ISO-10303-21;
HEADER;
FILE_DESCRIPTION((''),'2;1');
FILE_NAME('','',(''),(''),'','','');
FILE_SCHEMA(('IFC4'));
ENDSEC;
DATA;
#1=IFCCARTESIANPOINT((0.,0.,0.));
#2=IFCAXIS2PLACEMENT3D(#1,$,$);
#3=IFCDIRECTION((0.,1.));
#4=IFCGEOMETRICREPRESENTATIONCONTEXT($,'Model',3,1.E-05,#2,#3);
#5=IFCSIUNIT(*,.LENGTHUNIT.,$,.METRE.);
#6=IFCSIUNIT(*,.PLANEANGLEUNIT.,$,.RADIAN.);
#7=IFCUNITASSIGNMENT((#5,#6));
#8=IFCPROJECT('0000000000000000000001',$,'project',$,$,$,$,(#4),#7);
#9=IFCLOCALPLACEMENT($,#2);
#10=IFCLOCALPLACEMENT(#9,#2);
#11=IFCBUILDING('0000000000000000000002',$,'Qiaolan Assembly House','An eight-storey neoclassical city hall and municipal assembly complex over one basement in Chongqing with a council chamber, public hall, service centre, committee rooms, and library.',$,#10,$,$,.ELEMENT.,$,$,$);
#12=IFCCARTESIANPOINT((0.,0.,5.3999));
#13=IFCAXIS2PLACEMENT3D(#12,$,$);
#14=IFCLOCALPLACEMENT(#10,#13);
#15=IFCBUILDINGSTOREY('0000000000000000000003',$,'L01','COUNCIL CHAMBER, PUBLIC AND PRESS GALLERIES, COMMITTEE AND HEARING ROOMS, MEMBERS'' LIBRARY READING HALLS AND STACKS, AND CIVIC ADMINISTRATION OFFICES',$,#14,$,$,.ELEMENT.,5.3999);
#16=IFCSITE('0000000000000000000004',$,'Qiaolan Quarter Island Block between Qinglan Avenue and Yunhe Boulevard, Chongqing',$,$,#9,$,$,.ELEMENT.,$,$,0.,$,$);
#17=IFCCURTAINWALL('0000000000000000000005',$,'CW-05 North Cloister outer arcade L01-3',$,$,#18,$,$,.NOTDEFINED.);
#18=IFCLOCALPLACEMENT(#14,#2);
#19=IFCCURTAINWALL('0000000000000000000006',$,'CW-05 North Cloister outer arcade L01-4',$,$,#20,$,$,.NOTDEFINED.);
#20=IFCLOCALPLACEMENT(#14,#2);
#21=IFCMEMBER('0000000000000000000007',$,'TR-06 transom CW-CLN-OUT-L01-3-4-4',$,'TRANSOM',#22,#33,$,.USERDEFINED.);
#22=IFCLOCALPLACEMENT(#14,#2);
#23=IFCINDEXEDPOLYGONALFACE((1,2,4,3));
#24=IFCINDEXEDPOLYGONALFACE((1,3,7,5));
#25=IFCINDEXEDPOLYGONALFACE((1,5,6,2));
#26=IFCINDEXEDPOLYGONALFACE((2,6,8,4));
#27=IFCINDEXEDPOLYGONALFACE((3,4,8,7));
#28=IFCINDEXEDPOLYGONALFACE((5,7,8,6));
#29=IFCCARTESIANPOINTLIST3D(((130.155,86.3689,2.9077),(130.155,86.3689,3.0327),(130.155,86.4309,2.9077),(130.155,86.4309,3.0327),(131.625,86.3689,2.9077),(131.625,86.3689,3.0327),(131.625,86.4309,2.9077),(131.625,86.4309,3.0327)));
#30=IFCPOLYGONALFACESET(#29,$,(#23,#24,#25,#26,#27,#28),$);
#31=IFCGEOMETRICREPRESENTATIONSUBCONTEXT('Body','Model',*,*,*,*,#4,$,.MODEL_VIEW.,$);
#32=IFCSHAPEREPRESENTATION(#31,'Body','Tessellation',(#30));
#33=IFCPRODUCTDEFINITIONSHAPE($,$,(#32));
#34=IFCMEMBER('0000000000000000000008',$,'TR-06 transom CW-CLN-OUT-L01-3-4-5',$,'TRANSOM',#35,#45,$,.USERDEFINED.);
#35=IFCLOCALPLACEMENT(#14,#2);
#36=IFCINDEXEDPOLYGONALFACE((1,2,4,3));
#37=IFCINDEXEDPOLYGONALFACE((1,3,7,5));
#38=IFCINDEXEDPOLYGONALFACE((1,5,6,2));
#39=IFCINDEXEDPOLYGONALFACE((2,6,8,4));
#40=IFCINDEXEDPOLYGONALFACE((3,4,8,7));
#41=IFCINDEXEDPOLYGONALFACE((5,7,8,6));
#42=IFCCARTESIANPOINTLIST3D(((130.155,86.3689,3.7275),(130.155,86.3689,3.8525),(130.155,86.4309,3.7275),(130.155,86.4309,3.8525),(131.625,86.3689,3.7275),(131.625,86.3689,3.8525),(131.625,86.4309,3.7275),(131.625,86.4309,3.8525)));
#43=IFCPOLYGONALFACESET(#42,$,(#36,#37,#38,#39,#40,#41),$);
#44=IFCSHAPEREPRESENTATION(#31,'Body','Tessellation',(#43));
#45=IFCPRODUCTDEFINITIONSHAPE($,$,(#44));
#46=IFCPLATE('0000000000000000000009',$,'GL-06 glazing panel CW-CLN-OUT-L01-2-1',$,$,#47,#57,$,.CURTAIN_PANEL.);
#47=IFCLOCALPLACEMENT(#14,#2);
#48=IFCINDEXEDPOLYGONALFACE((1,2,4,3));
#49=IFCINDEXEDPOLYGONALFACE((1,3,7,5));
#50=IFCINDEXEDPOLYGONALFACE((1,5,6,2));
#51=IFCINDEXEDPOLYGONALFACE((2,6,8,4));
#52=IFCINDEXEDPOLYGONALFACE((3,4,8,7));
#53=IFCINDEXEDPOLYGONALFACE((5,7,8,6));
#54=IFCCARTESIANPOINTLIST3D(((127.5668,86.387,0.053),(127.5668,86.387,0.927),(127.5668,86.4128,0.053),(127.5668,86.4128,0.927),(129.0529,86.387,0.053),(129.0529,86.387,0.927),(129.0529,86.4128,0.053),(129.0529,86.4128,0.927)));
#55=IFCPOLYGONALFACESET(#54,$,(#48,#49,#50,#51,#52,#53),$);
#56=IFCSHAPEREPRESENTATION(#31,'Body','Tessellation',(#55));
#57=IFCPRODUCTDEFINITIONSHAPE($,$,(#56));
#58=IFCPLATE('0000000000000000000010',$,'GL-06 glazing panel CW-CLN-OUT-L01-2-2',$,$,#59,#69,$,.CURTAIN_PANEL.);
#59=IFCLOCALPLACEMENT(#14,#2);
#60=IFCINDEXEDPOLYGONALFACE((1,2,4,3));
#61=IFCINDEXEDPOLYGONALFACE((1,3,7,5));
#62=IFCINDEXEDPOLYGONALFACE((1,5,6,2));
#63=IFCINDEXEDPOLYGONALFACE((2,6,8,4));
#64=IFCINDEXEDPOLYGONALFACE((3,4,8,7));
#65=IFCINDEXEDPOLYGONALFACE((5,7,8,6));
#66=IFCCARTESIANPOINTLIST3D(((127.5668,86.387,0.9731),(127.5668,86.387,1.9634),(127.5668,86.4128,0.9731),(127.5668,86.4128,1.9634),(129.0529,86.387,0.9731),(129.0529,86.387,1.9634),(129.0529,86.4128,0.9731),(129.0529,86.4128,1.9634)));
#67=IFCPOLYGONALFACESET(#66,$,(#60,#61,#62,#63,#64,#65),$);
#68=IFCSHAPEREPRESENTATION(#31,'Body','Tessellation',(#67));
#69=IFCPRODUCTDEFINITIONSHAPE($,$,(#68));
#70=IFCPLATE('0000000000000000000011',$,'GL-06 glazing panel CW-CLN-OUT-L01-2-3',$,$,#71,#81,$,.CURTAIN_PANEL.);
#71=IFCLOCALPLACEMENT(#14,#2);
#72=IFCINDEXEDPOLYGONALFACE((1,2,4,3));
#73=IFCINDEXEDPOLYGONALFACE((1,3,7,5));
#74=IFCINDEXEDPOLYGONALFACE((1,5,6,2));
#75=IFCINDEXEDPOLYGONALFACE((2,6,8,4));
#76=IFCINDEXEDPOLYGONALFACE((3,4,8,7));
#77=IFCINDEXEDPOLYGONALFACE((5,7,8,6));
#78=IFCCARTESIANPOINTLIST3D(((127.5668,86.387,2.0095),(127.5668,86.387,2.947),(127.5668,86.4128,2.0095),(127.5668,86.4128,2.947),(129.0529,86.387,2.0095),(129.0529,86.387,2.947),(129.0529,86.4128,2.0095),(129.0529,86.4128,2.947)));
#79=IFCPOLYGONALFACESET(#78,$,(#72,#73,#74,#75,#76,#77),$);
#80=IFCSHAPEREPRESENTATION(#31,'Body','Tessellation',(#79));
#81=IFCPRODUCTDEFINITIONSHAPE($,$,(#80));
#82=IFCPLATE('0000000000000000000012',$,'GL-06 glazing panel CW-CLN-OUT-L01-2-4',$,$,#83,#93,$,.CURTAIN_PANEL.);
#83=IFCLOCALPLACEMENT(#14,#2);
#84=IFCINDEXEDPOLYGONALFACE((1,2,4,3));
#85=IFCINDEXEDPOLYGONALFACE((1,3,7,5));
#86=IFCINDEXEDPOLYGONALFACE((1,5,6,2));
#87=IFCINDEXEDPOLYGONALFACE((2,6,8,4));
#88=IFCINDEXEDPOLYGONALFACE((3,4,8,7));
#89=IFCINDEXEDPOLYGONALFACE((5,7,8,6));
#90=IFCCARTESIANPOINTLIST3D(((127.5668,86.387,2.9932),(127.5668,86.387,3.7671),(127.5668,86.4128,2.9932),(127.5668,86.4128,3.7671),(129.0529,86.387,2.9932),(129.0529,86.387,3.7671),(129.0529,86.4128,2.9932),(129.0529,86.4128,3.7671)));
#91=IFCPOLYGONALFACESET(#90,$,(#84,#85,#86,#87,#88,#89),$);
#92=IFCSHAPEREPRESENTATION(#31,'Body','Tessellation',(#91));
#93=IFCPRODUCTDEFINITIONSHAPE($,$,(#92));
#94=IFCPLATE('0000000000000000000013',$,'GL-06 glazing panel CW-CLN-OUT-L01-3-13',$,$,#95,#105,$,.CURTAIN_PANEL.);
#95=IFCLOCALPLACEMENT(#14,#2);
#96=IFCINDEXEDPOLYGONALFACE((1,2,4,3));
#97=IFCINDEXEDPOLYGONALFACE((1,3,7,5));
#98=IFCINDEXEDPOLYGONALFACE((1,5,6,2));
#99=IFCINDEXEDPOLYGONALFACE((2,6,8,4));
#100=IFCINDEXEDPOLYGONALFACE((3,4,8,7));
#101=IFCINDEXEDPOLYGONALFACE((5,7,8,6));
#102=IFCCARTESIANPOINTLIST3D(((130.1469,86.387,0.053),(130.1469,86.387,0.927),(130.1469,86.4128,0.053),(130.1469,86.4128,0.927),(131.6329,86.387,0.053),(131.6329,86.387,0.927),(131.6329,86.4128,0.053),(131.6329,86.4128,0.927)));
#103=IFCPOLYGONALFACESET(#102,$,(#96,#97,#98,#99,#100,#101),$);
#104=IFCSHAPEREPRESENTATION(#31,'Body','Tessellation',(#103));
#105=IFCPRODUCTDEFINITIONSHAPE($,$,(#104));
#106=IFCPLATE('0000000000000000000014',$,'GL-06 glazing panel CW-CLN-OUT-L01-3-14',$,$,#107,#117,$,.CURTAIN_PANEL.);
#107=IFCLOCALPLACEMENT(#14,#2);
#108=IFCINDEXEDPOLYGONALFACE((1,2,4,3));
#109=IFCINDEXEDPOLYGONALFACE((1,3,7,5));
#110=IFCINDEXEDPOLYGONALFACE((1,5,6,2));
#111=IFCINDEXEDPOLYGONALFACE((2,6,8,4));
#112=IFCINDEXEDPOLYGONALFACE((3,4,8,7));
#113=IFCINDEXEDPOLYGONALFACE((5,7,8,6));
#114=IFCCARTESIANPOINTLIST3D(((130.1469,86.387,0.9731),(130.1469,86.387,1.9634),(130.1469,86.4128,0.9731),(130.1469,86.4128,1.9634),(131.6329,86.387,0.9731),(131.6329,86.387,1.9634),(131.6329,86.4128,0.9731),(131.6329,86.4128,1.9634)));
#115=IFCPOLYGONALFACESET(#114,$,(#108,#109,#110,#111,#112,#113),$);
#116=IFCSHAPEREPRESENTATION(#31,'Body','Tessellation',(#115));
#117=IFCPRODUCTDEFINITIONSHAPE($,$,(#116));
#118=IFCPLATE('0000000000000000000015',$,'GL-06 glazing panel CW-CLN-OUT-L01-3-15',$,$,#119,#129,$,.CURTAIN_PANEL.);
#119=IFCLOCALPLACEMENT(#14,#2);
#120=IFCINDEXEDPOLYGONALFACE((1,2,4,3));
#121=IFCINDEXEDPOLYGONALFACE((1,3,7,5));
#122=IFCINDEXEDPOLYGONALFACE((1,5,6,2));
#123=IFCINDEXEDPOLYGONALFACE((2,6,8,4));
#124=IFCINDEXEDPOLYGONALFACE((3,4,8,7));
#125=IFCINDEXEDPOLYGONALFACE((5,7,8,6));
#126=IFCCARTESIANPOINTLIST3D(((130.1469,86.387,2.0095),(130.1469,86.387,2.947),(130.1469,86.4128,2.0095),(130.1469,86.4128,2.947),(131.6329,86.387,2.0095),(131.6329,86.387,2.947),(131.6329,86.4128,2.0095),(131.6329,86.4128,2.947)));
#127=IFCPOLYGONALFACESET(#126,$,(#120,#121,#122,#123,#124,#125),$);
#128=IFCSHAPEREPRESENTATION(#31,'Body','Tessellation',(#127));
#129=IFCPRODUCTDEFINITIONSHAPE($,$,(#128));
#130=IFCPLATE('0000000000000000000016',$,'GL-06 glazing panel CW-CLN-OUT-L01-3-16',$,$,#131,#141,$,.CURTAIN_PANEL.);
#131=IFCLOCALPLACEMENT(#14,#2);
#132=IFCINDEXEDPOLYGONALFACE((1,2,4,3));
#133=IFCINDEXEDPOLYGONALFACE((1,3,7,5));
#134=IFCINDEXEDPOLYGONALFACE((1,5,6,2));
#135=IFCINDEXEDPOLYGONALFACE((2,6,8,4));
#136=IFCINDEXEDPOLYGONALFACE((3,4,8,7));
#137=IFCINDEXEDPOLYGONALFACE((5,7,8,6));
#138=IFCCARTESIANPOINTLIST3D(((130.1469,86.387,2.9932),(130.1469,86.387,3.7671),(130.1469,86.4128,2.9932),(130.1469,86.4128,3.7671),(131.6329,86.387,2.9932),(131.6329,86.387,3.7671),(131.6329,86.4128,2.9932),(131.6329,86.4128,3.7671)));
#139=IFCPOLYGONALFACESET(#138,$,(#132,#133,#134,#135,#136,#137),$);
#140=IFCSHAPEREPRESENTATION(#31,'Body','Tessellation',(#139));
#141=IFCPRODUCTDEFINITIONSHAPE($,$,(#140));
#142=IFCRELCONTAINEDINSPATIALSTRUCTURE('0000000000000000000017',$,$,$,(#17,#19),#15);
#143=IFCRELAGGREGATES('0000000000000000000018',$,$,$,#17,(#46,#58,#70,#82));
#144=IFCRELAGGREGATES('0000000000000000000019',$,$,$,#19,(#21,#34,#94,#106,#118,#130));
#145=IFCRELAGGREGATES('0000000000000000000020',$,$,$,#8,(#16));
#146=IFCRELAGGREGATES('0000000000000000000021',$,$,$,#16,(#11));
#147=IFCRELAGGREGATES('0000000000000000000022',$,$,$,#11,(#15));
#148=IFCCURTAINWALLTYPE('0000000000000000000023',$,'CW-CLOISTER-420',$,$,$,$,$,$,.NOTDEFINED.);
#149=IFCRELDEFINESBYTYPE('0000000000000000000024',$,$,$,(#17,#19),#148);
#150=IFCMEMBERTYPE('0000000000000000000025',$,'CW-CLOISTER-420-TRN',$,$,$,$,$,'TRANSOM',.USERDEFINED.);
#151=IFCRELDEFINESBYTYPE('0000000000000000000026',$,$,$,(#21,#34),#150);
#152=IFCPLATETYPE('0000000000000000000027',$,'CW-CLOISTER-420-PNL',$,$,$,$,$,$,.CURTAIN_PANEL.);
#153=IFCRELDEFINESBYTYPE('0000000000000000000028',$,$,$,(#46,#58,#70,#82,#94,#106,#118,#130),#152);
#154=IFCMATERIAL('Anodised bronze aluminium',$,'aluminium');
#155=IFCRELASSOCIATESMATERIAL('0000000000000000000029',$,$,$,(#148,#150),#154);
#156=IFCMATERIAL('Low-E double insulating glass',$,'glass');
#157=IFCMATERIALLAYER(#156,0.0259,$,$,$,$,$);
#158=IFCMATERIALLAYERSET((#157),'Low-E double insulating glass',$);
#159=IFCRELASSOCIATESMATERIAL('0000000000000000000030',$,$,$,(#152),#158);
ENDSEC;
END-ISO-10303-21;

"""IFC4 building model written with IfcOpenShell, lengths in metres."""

from ifc_helpers import new_model, si_unit, direction, frame, frame_2d, origin, origin_2d, place, context, subcontext, project, spatial, rectangle, extrude, material, layer, layer_set, material_profile, profile_set, type_object, element, aggregate, save


model = new_model("IFC4")

# Units and contexts
model_context = context("Model", 3, precision=1e-05, world=origin(), true_north=direction((0.0, 1.0)))
body_context = subcontext(model_context, "Body", "Model", "MODEL_VIEW")
ifc_project = project(units=[si_unit("LENGTHUNIT", "METRE"), si_unit("PLANEANGLEUNIT", "RADIAN")], contexts=[model_context])

# Site, building, storey
site_placement = place(None, origin())
site = spatial("IfcSite", under=ifc_project, at=site_placement, Name="Qiaolan Quarter Island Block between Qinglan Avenue and Yunhe Boulevard, Chongqing", CompositionType="ELEMENT", RefElevation=0.0)
building_placement = place(site_placement, origin())
building = spatial("IfcBuilding", under=site, at=building_placement, Name="Qiaolan Assembly House", Description="An eight-storey neoclassical city hall and municipal assembly complex over one basement in Chongqing with a council chamber, public hall, service centre, committee rooms, and library.", CompositionType="ELEMENT")
storey_placement = place(building_placement, frame((0.0, 0.0, 5.3999)))
storey = spatial("IfcBuildingStorey", under=building, at=storey_placement, Name="L01", Description="COUNCIL CHAMBER, PUBLIC AND PRESS GALLERIES, COMMITTEE AND HEARING ROOMS, MEMBERS' LIBRARY READING HALLS AND STACKS, AND CIVIC ADMINISTRATION OFFICES", CompositionType="ELEMENT", Elevation=5.3999)

# Curtain wall
ifc_material_1 = material(Name="Anodised bronze aluminium", Category="aluminium")
curtain_wall_type = type_object("IfcCurtainWallType", Name="CW-CLOISTER-420", PredefinedType="NOTDEFINED", material=ifc_material_1)
curtain_wall_1_placement = place(storey_placement, origin())
curtain_wall_1 = element("IfcCurtainWall", 1, at=curtain_wall_1_placement, inside=storey, type_object=curtain_wall_type, Name="CW-05 North Cloister outer arcade L01-3", PredefinedType="NOTDEFINED")

# Curtain wall
curtain_wall_2_placement = place(storey_placement, origin())
curtain_wall_2 = element("IfcCurtainWall", 2, at=curtain_wall_2_placement, inside=storey, type_object=curtain_wall_type, Name="CW-05 North Cloister outer arcade L01-4", PredefinedType="NOTDEFINED")

# Members
ifc_material_profile_1 = material_profile(ifc_material_1, rectangle(XDim=0.062, YDim=0.125, at=origin_2d()), Name="TRN 62x125")
ifc_profile_set_1 = profile_set([ifc_material_profile_1], Name="Anodised bronze aluminium")
member_type_1 = type_object("IfcMemberType", Name="CW-CLOISTER-420-TRN", ElementType="TRANSOM", PredefinedType="USERDEFINED", material=ifc_profile_set_1)
member_1_placement = place(storey_placement, frame((131.625, 86.3999, 2.9702), z_axis=(-1.0, 0.0, 0.0), x_axis=(0.0, -1.0, 0.0)))
member_1 = element("IfcMember", 3, at=member_1_placement, type_object=member_type_1, Name="TR-06 transom CW-CLN-OUT-L01-3-4-4", ObjectType="TRANSOM", PredefinedType="USERDEFINED", context=body_context, shape_type="SweptSolid", body=[
    extrude(rectangle(XDim=0.062, YDim=0.125, at=origin_2d()), origin(), (0.0, 0.0, 1.0), 1.47),
])
member_2_placement = place(storey_placement, frame((131.625, 86.3999, 3.79), z_axis=(-1.0, 0.0, 0.0), x_axis=(0.0, -1.0, 0.0)))
member_2 = element("IfcMember", 4, at=member_2_placement, type_object=member_type_1, Name="TR-06 transom CW-CLN-OUT-L01-3-4-5", ObjectType="TRANSOM", PredefinedType="USERDEFINED", context=body_context, shape_type="SweptSolid", body=[
    extrude(rectangle(XDim=0.062, YDim=0.125, at=origin_2d()), origin(), (0.0, 0.0, 1.0), 1.47),
])

# Plates
ifc_material_2 = material(Name="Low-E double insulating glass", Category="glass")
ifc_layer = layer(ifc_material_2, 0.0259)
ifc_layer_set = layer_set([ifc_layer], Name="Low-E double insulating glass")
plate_type = type_object("IfcPlateType", Name="CW-CLOISTER-420-PNL", PredefinedType="CURTAIN_PANEL", material=ifc_layer_set)
plate_1_placement = place(storey_placement, frame((129.053, 86.3999, 0.053), z_axis=(0.0, 0.0, 1.0), x_axis=(-1.0, 0.0, 0.0)))
plate_1 = element("IfcPlate", 5, at=plate_1_placement, type_object=plate_type, Name="GL-06 glazing panel CW-CLN-OUT-L01-2-1", PredefinedType="CURTAIN_PANEL", context=body_context, shape_type="SweptSolid", body=[
    extrude(rectangle(XDim=1.4861, YDim=0.0259, at=frame_2d((0.7432, 0.0))), origin(), (0.0, 0.0, 1.0), 0.874),
])
plate_2_placement = place(storey_placement, frame((129.053, 86.3999, 0.9731), z_axis=(0.0, 0.0, 1.0), x_axis=(-1.0, 0.0, 0.0)))
plate_2 = element("IfcPlate", 6, at=plate_2_placement, type_object=plate_type, Name="GL-06 glazing panel CW-CLN-OUT-L01-2-2", PredefinedType="CURTAIN_PANEL", context=body_context, shape_type="SweptSolid", body=[
    extrude(rectangle(XDim=1.4861, YDim=0.0259, at=frame_2d((0.7432, 0.0))), origin(), (0.0, 0.0, 1.0), 0.9902),
])
plate_3_placement = place(storey_placement, frame((129.053, 86.3999, 2.0095), z_axis=(0.0, 0.0, 1.0), x_axis=(-1.0, 0.0, 0.0)))
plate_3 = element("IfcPlate", 7, at=plate_3_placement, type_object=plate_type, Name="GL-06 glazing panel CW-CLN-OUT-L01-2-3", PredefinedType="CURTAIN_PANEL", context=body_context, shape_type="SweptSolid", body=[
    extrude(rectangle(XDim=1.4861, YDim=0.0259, at=frame_2d((0.7432, 0.0))), origin(), (0.0, 0.0, 1.0), 0.9375),
])
plate_4_placement = place(storey_placement, frame((129.053, 86.3999, 2.9932), z_axis=(0.0, 0.0, 1.0), x_axis=(-1.0, 0.0, 0.0)))
plate_4 = element("IfcPlate", 8, at=plate_4_placement, type_object=plate_type, Name="GL-06 glazing panel CW-CLN-OUT-L01-2-4", PredefinedType="CURTAIN_PANEL", context=body_context, shape_type="SweptSolid", body=[
    extrude(rectangle(XDim=1.4861, YDim=0.0259, at=frame_2d((0.7432, 0.0))), origin(), (0.0, 0.0, 1.0), 0.7739),
])
aggregate(curtain_wall_1, [plate_1, plate_2, plate_3, plate_4])
plate_5_placement = place(storey_placement, frame((131.6331, 86.3999, 0.053), z_axis=(0.0, 0.0, 1.0), x_axis=(-1.0, 0.0, 0.0)))
plate_5 = element("IfcPlate", 9, at=plate_5_placement, type_object=plate_type, Name="GL-06 glazing panel CW-CLN-OUT-L01-3-13", PredefinedType="CURTAIN_PANEL", context=body_context, shape_type="SweptSolid", body=[
    extrude(rectangle(XDim=1.4861, YDim=0.0259, at=frame_2d((0.7432, 0.0))), origin(), (0.0, 0.0, 1.0), 0.874),
])
plate_6_placement = place(storey_placement, frame((131.6331, 86.3999, 0.9731), z_axis=(0.0, 0.0, 1.0), x_axis=(-1.0, 0.0, 0.0)))
plate_6 = element("IfcPlate", 10, at=plate_6_placement, type_object=plate_type, Name="GL-06 glazing panel CW-CLN-OUT-L01-3-14", PredefinedType="CURTAIN_PANEL", context=body_context, shape_type="SweptSolid", body=[
    extrude(rectangle(XDim=1.4861, YDim=0.0259, at=frame_2d((0.7432, 0.0))), origin(), (0.0, 0.0, 1.0), 0.9902),
])
plate_7_placement = place(storey_placement, frame((131.6331, 86.3999, 2.0095), z_axis=(0.0, 0.0, 1.0), x_axis=(-1.0, 0.0, 0.0)))
plate_7 = element("IfcPlate", 11, at=plate_7_placement, type_object=plate_type, Name="GL-06 glazing panel CW-CLN-OUT-L01-3-15", PredefinedType="CURTAIN_PANEL", context=body_context, shape_type="SweptSolid", body=[
    extrude(rectangle(XDim=1.4861, YDim=0.0259, at=frame_2d((0.7432, 0.0))), origin(), (0.0, 0.0, 1.0), 0.9375),
])
plate_8_placement = place(storey_placement, frame((131.6331, 86.3999, 2.9932), z_axis=(0.0, 0.0, 1.0), x_axis=(-1.0, 0.0, 0.0)))
plate_8 = element("IfcPlate", 12, at=plate_8_placement, type_object=plate_type, Name="GL-06 glazing panel CW-CLN-OUT-L01-3-16", PredefinedType="CURTAIN_PANEL", context=body_context, shape_type="SweptSolid", body=[
    extrude(rectangle(XDim=1.4861, YDim=0.0259, at=frame_2d((0.7432, 0.0))), origin(), (0.0, 0.0, 1.0), 0.7739),
])
aggregate(curtain_wall_2, [member_1, member_2, plate_5, plate_6, plate_7, plate_8])

save(model, "model.ifc")
